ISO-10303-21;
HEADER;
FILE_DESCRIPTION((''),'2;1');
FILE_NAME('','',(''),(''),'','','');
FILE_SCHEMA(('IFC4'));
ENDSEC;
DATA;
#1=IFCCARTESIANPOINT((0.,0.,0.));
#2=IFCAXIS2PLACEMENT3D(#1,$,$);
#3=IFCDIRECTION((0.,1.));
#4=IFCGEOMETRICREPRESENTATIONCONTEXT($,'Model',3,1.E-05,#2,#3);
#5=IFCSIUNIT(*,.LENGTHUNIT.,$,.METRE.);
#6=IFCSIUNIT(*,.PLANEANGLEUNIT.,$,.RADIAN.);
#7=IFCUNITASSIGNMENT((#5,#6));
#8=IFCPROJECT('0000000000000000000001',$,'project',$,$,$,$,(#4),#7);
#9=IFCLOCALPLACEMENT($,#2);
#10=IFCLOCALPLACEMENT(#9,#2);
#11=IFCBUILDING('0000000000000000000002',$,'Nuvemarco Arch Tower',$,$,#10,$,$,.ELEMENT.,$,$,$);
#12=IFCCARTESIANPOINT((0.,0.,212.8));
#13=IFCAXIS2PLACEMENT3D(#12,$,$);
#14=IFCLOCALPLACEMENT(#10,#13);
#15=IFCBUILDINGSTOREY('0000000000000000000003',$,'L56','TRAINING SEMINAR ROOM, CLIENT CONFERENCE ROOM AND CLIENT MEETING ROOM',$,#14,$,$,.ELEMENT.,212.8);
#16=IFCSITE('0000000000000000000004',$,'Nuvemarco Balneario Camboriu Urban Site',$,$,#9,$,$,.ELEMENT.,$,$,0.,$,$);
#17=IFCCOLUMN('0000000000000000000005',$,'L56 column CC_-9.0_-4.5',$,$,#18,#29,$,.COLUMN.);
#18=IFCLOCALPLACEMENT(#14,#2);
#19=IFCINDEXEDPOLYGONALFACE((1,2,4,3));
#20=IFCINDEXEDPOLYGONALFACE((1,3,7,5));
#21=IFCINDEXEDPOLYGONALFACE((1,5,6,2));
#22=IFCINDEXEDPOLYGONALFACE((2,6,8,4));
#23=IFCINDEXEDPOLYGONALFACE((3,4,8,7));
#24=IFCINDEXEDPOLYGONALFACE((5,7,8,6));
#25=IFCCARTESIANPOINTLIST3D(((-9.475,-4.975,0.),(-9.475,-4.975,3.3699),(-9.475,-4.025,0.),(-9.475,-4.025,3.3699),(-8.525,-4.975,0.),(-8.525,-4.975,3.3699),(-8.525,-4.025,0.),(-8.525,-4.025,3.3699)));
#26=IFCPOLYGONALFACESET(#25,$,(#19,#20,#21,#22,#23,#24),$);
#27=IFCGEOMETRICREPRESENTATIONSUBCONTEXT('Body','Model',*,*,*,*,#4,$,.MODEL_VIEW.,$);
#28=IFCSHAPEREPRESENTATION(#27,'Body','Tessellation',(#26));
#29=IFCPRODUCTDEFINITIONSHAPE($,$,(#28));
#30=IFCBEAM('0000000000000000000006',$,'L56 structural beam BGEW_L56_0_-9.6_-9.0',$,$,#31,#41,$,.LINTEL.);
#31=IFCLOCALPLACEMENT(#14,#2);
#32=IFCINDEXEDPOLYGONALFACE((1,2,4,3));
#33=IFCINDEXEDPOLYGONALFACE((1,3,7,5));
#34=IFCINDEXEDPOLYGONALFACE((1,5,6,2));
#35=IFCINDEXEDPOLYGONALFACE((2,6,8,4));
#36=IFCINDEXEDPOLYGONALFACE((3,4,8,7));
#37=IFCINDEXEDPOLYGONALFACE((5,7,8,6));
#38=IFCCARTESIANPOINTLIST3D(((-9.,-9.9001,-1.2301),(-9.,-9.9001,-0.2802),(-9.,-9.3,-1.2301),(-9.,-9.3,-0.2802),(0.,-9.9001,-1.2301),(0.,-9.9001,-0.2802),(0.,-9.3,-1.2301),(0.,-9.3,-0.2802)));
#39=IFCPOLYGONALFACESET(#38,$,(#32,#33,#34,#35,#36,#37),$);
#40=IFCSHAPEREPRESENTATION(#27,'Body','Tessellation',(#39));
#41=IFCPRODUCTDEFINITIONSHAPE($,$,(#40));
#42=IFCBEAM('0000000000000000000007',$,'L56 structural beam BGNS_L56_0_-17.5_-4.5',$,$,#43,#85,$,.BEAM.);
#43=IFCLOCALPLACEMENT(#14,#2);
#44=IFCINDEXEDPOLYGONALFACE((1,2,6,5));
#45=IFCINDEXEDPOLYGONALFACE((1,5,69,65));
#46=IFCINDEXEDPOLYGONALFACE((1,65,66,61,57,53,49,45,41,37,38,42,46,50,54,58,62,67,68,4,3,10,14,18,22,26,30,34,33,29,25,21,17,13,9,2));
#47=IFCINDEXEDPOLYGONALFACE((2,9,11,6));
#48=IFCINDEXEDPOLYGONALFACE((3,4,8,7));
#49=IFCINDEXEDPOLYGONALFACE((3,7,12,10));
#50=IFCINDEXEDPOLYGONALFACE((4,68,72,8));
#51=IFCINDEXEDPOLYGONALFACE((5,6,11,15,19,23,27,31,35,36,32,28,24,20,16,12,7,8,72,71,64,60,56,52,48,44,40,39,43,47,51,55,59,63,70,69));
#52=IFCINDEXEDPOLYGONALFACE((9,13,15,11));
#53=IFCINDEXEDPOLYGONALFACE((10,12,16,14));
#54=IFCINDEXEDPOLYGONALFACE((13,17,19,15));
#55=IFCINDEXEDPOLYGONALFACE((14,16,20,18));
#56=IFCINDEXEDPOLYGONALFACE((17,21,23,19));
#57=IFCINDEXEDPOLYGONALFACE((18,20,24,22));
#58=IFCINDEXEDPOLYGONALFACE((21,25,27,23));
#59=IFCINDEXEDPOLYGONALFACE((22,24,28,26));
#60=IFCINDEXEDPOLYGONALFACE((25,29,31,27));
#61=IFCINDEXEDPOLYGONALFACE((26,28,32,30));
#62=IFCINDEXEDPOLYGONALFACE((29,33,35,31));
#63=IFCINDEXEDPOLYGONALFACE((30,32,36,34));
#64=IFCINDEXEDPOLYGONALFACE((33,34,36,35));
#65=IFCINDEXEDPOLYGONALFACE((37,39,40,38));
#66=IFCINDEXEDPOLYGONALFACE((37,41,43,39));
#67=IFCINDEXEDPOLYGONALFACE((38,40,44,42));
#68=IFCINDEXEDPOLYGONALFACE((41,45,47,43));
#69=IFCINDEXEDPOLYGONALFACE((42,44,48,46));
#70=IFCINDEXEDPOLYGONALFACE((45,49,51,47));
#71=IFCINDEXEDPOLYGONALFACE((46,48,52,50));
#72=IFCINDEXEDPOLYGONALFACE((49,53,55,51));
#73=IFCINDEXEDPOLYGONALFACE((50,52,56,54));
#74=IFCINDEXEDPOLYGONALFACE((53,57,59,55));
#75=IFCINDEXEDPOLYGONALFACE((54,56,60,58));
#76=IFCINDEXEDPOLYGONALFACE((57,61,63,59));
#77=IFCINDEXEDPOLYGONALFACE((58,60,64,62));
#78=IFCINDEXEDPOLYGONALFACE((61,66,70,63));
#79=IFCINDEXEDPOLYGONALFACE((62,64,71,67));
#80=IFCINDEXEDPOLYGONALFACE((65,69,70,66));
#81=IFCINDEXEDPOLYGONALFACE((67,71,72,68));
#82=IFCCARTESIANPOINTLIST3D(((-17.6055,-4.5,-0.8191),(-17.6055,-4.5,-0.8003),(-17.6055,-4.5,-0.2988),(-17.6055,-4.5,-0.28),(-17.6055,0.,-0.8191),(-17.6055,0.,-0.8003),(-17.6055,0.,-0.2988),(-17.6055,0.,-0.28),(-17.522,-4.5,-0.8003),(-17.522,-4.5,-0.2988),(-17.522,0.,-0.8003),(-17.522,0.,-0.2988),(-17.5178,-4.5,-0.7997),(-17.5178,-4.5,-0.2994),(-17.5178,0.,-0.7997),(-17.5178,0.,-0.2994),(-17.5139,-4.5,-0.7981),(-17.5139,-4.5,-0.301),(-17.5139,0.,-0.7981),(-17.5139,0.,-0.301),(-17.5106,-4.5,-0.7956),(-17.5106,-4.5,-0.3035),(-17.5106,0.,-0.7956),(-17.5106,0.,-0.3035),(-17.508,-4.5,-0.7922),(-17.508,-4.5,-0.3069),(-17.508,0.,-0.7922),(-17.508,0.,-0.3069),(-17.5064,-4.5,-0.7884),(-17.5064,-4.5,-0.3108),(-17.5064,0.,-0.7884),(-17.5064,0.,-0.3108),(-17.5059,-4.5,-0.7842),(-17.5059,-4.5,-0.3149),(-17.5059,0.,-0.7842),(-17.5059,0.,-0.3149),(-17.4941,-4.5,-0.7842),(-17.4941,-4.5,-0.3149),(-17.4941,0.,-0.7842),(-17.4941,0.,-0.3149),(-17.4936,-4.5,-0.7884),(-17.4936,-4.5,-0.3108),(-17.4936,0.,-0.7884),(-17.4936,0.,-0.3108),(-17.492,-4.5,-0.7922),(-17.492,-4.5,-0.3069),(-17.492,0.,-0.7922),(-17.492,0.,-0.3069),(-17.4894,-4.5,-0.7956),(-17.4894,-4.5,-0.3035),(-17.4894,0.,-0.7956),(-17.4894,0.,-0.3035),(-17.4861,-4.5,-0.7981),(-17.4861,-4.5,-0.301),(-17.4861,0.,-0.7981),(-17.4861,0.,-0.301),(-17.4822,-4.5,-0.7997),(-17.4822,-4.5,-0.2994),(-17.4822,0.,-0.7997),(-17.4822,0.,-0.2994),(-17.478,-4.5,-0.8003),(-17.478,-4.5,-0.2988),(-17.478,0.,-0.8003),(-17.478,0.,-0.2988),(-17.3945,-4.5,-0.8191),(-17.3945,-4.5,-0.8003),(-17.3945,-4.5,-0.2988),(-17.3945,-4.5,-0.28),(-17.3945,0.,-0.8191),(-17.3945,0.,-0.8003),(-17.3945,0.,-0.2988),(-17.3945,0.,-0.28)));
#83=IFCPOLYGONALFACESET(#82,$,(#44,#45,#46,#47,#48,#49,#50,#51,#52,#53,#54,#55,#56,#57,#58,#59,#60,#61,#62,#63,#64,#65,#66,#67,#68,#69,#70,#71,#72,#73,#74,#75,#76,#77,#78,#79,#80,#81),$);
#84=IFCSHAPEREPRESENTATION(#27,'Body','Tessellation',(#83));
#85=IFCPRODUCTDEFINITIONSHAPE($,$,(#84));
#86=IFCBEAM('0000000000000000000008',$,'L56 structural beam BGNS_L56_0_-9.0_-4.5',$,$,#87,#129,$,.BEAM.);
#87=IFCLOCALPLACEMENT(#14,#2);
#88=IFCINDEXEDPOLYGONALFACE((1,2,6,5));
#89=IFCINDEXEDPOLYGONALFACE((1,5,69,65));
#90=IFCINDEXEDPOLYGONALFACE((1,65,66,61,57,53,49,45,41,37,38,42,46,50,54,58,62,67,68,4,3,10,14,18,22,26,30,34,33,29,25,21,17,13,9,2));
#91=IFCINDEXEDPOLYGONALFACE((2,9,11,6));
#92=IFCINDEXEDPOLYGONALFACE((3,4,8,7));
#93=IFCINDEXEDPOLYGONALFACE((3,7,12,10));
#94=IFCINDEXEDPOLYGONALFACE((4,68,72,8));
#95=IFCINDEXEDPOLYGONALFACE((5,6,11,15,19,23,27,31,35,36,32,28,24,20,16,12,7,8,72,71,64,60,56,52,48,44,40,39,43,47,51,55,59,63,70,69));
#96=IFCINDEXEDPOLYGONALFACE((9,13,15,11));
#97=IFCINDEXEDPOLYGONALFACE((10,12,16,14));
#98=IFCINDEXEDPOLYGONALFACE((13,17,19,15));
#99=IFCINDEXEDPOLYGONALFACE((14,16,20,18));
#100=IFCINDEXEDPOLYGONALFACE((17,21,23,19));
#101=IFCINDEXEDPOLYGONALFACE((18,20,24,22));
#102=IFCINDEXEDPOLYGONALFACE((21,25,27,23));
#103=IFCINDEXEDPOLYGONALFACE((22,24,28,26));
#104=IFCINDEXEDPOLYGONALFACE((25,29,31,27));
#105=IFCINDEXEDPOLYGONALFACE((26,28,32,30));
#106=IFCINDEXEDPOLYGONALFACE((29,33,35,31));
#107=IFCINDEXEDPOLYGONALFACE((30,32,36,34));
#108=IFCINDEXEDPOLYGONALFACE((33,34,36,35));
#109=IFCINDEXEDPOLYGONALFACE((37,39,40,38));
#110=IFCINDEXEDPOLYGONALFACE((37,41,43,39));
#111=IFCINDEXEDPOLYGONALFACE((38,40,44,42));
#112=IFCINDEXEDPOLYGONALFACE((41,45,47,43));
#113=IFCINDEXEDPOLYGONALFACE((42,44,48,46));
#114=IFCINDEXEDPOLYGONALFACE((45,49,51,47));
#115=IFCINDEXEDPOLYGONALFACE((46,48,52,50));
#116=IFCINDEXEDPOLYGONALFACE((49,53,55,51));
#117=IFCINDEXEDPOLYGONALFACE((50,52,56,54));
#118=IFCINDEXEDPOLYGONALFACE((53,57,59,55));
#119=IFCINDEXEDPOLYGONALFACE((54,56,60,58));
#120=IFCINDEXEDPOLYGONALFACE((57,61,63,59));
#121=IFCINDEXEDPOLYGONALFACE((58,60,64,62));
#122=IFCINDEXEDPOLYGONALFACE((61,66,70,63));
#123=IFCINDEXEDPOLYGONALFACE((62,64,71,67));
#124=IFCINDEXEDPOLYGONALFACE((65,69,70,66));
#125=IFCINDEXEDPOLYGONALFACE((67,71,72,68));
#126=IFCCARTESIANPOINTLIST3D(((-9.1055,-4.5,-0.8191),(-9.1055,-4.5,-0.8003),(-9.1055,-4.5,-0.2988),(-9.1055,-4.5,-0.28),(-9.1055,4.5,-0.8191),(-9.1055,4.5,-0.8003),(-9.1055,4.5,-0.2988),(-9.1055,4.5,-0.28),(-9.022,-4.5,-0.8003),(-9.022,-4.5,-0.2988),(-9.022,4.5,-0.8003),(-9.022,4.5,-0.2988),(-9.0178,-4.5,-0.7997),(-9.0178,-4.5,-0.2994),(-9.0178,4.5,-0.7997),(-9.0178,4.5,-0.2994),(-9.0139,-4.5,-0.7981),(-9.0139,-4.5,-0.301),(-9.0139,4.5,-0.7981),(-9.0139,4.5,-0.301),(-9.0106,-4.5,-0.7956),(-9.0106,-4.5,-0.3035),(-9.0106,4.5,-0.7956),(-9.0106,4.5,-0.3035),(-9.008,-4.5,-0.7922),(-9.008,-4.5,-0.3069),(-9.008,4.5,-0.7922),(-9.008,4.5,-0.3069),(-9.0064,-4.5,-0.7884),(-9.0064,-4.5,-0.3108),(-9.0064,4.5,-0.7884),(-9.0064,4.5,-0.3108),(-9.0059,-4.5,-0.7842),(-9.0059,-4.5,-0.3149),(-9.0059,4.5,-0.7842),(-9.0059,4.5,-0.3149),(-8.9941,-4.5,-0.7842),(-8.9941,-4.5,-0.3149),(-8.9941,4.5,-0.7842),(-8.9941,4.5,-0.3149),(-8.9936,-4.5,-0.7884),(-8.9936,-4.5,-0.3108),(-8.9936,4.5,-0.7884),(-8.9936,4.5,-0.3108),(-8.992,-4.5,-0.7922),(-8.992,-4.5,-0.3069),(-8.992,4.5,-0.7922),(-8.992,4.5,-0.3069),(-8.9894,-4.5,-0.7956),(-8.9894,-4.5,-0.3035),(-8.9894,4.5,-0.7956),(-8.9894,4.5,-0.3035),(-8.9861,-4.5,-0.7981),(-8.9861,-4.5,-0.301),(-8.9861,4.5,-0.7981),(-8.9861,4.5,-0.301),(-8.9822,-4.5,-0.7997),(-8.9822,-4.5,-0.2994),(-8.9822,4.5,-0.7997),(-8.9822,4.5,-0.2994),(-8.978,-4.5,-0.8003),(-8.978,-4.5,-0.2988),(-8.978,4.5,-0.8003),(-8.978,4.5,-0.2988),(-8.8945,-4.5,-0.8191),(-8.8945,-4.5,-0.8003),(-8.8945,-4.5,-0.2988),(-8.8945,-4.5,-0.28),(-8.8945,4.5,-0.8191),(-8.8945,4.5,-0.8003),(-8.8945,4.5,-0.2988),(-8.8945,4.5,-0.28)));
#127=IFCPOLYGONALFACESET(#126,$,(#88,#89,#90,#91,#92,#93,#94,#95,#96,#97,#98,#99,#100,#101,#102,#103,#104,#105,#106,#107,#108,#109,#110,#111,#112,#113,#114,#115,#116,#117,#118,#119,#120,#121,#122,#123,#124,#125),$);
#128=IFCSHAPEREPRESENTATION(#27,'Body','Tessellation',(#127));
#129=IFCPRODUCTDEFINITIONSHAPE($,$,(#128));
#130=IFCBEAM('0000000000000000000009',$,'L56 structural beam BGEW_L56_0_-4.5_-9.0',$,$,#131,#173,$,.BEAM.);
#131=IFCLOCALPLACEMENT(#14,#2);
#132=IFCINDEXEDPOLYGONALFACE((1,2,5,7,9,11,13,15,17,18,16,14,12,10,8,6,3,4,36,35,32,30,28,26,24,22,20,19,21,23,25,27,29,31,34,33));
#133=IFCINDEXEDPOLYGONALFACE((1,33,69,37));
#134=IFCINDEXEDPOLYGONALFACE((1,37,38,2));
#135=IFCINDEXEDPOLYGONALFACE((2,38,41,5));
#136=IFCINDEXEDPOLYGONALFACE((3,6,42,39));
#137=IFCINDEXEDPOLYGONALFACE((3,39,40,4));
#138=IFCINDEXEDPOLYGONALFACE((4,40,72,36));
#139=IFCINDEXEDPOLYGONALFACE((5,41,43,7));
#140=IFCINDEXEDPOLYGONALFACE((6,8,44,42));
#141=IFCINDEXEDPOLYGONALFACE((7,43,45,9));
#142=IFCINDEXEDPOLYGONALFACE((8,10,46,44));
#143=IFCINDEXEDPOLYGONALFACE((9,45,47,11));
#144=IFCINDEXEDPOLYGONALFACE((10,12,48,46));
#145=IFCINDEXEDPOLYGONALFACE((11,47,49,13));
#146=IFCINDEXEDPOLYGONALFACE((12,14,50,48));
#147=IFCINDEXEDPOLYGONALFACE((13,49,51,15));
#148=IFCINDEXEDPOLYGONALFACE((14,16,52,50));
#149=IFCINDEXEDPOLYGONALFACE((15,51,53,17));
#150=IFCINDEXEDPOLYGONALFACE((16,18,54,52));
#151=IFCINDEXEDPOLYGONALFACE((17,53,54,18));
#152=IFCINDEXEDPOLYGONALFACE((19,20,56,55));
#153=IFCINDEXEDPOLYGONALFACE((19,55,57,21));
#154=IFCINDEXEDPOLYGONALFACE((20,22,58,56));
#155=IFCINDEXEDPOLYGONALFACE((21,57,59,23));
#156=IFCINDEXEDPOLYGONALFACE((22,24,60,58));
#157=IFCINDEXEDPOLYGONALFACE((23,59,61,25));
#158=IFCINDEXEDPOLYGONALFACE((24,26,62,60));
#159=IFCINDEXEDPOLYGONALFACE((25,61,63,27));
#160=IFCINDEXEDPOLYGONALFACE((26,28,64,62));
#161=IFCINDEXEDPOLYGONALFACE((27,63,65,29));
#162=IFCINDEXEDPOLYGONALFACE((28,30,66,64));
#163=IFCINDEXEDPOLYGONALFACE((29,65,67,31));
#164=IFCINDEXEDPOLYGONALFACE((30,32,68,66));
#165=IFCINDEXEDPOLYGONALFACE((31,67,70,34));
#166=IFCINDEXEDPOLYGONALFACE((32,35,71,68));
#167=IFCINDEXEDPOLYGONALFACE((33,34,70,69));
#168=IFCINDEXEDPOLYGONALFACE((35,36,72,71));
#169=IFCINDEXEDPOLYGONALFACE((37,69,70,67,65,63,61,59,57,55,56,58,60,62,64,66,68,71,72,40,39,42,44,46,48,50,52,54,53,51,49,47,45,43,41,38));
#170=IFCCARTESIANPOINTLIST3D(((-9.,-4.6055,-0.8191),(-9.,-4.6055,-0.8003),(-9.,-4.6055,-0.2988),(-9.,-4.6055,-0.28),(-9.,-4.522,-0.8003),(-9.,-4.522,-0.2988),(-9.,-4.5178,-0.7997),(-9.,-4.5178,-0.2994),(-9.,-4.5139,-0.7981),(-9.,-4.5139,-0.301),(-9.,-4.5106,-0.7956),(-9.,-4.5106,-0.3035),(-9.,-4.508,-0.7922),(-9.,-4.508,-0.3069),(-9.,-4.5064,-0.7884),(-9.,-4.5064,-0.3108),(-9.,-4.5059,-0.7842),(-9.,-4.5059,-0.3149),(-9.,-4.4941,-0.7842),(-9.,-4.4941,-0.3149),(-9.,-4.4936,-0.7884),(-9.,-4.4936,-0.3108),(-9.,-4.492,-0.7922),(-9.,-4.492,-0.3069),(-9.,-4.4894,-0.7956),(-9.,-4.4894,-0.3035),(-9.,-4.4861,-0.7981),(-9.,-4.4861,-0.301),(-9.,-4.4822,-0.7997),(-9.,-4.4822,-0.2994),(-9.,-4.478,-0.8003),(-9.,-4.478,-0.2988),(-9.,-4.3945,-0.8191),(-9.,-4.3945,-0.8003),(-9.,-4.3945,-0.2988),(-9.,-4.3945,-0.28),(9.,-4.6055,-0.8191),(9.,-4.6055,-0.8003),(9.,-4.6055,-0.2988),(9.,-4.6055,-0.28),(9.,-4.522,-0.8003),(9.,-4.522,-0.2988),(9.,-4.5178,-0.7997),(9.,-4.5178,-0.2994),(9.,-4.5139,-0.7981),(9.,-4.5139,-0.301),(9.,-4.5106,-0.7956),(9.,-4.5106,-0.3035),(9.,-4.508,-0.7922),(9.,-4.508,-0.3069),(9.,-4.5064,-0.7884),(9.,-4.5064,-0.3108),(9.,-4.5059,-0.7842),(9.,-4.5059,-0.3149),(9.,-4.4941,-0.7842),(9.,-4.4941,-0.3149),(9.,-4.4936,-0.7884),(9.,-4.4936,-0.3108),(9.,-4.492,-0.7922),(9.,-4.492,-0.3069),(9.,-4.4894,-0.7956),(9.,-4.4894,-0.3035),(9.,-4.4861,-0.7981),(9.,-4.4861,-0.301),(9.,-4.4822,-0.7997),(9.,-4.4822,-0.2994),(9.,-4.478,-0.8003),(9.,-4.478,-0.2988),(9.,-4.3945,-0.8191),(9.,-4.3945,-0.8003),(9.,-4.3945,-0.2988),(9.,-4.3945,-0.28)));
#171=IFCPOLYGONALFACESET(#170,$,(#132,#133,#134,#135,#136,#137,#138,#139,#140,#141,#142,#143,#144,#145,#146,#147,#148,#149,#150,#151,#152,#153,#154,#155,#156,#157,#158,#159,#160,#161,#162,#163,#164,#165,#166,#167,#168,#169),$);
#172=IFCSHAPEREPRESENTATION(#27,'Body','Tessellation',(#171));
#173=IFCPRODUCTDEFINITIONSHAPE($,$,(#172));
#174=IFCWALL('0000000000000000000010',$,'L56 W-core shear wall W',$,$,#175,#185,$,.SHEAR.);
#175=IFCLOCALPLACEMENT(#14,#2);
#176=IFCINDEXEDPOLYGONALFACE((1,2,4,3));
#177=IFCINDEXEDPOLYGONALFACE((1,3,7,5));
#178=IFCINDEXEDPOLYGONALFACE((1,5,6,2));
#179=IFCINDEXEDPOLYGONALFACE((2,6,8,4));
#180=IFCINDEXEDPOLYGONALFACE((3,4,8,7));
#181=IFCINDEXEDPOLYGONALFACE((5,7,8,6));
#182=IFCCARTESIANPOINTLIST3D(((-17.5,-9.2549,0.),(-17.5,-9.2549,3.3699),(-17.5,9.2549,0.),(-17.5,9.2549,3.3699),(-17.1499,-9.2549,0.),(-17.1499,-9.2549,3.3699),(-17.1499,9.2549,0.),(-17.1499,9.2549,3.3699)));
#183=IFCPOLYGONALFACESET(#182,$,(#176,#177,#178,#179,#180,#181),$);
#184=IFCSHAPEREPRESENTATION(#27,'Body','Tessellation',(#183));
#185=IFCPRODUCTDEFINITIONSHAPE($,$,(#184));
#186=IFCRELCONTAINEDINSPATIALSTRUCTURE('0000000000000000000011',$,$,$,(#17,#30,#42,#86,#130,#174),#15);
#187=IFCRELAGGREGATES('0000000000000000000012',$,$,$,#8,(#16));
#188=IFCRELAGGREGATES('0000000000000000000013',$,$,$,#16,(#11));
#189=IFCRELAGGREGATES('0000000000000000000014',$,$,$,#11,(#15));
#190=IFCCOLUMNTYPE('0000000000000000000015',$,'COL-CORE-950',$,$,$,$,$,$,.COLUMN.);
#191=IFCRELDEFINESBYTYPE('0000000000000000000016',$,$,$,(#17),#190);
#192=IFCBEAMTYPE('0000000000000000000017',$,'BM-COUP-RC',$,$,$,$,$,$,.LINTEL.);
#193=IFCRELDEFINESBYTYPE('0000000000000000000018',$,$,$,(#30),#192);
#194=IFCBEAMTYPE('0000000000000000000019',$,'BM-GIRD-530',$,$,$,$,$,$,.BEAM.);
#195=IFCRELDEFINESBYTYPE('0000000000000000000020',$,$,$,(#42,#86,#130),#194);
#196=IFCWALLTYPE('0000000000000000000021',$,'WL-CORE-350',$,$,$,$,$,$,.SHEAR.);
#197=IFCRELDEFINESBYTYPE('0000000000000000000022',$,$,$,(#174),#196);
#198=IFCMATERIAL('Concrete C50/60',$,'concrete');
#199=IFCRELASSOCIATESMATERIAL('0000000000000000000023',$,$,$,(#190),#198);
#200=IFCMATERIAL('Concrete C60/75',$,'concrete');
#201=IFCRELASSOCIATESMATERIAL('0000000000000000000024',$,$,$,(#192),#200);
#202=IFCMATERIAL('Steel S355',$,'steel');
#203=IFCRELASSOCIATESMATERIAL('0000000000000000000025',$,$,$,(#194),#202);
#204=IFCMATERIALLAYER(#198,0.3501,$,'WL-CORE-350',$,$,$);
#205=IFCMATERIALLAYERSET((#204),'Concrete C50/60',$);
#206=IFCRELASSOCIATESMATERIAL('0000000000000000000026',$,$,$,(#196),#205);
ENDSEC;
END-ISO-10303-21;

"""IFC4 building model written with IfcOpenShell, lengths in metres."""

from ifc_helpers import new_model, si_unit, direction, frame, frame_2d, origin, origin_2d, place, context, subcontext, project, spatial, rectangle, i_section, extrude, material, layer, layer_set, material_profile, profile_set, type_object, element, save


model = new_model("IFC4")

# Units and contexts
model_context = context("Model", 3, precision=1e-05, world=origin(), true_north=direction((0.0, 1.0)))
body_context = subcontext(model_context, "Body", "Model", "MODEL_VIEW")
ifc_project = project(units=[si_unit("LENGTHUNIT", "METRE"), si_unit("PLANEANGLEUNIT", "RADIAN")], contexts=[model_context])

# Site, building, storey
site_placement = place(None, origin())
site = spatial("IfcSite", under=ifc_project, at=site_placement, Name="Nuvemarco Balneario Camboriu Urban Site", CompositionType="ELEMENT", RefElevation=0.0)
building_placement = place(site_placement, origin())
building = spatial("IfcBuilding", under=site, at=building_placement, Name="Nuvemarco Arch Tower", CompositionType="ELEMENT")
storey_placement = place(building_placement, frame((0.0, 0.0, 212.8)))
storey = spatial("IfcBuildingStorey", under=building, at=storey_placement, Name="L56", Description="TRAINING SEMINAR ROOM, CLIENT CONFERENCE ROOM AND CLIENT MEETING ROOM", CompositionType="ELEMENT", Elevation=212.8)

# Column
ifc_material_1 = material(Name="Concrete C50/60", Category="concrete")
ifc_material_profile_1 = material_profile(ifc_material_1, rectangle(XDim=0.95, YDim=0.95, at=origin_2d()), Name="RC-COL-950x950")
ifc_profile_set_1 = profile_set([ifc_material_profile_1], Name="Concrete C50/60")
column_type = type_object("IfcColumnType", Name="COL-CORE-950", PredefinedType="COLUMN", material=ifc_profile_set_1)
column_placement = place(storey_placement, frame((-9.0, -4.5, 0.0), z_axis=(0.0, 0.0, 1.0), x_axis=(1.0, 0.0, 0.0)))
element("IfcColumn", 1, at=column_placement, inside=storey, type_object=column_type, Name="L56 column CC_-9.0_-4.5", PredefinedType="COLUMN", context=body_context, shape_type="SweptSolid", body=[
    extrude(rectangle(XDim=0.95, YDim=0.95, at=origin_2d()), origin(), (0.0, 0.0, 1.0), 3.3699),
])

# Beams
ifc_material_2 = material(Name="Concrete C60/75", Category="concrete")
ifc_material_profile_2 = material_profile(ifc_material_2, rectangle(XDim=0.6001, YDim=0.95, at=origin_2d()), Name="RC-BM-600x950")
ifc_profile_set_2 = profile_set([ifc_material_profile_2], Name="Concrete C60/75")
beam_type_1 = type_object("IfcBeamType", Name="BM-COUP-RC", PredefinedType="LINTEL", material=ifc_profile_set_2)
beam_1_placement = place(storey_placement, frame((-9.0, -9.6001, -0.7551), z_axis=(1.0, 0.0, 0.0), x_axis=(0.0, 1.0, 0.0)))
element("IfcBeam", 2, at=beam_1_placement, inside=storey, type_object=beam_type_1, Name="L56 structural beam BGEW_L56_0_-9.6_-9.0", PredefinedType="LINTEL", context=body_context, shape_type="SweptSolid", body=[
    extrude(rectangle(XDim=0.6001, YDim=0.95, at=origin_2d()), origin(), (0.0, 0.0, 1.0), 9.0),
])
ifc_material_3 = material(Name="Steel S355", Category="steel")
ifc_material_profile_3 = material_profile(ifc_material_3, i_section(OverallWidth=0.2109, OverallDepth=0.5391, WebThickness=0.0117, FlangeThickness=0.0188, FilletRadius=0.0161, at=origin_2d()), Name="W530x109")
ifc_profile_set_3 = profile_set([ifc_material_profile_3], Name="Steel S355")
beam_type_2 = type_object("IfcBeamType", Name="BM-GIRD-530", PredefinedType="BEAM", material=ifc_profile_set_3)
beam_2_placement = place(storey_placement, frame((-17.5, -4.5, -0.5496), z_axis=(0.0, 1.0, 0.0), x_axis=(-1.0, 0.0, 0.0)))
element("IfcBeam", 3, at=beam_2_placement, inside=storey, type_object=beam_type_2, Name="L56 structural beam BGNS_L56_0_-17.5_-4.5", PredefinedType="BEAM", context=body_context, shape_type="SweptSolid", body=[
    extrude(i_section(OverallWidth=0.2109, OverallDepth=0.5391, WebThickness=0.0117, FlangeThickness=0.0188, FilletRadius=0.0161, at=origin_2d()), origin(), (0.0, 0.0, 1.0), 4.5),
])
beam_3_placement = place(storey_placement, frame((-9.0, -4.5, -0.5496), z_axis=(0.0, 1.0, 0.0), x_axis=(-1.0, 0.0, 0.0)))
element("IfcBeam", 4, at=beam_3_placement, inside=storey, type_object=beam_type_2, Name="L56 structural beam BGNS_L56_0_-9.0_-4.5", PredefinedType="BEAM", context=body_context, shape_type="SweptSolid", body=[
    extrude(i_section(OverallWidth=0.2109, OverallDepth=0.5391, WebThickness=0.0117, FlangeThickness=0.0188, FilletRadius=0.0161, at=origin_2d()), origin(), (0.0, 0.0, 1.0), 9.0),
])
beam_4_placement = place(storey_placement, frame((-9.0, -4.5, -0.5496), z_axis=(1.0, 0.0, 0.0), x_axis=(0.0, 1.0, 0.0)))
element("IfcBeam", 5, at=beam_4_placement, inside=storey, type_object=beam_type_2, Name="L56 structural beam BGEW_L56_0_-4.5_-9.0", PredefinedType="BEAM", context=body_context, shape_type="SweptSolid", body=[
    extrude(i_section(OverallWidth=0.2109, OverallDepth=0.5391, WebThickness=0.0117, FlangeThickness=0.0188, FilletRadius=0.0161, at=origin_2d()), origin(), (0.0, 0.0, 1.0), 18.0),
])

# Wall
ifc_layer_1 = layer(ifc_material_1, 0.3501, Name="WL-CORE-350")
ifc_layer_set_1 = layer_set([ifc_layer_1], Name="Concrete C50/60")
wall_type_1 = type_object("IfcWallType", Name="WL-CORE-350", PredefinedType="SHEAR", material=ifc_layer_set_1)
wall_1_placement = place(storey_placement, frame((-17.325, -9.2549, 0.0), z_axis=(0.0, 0.0, 1.0), x_axis=(0.0, 1.0, 0.0)))
element("IfcWall", 6, at=wall_1_placement, inside=storey, type_object=wall_type_1, Name="L56 W-core shear wall W", PredefinedType="SHEAR", context=body_context, shape_type="SweptSolid", body=[
    extrude(rectangle(XDim=18.5098, YDim=0.3501, at=frame_2d((9.2549, 0.0))), origin(), (0.0, 0.0, 1.0), 3.3699),
])

save(model, "model.ifc")
